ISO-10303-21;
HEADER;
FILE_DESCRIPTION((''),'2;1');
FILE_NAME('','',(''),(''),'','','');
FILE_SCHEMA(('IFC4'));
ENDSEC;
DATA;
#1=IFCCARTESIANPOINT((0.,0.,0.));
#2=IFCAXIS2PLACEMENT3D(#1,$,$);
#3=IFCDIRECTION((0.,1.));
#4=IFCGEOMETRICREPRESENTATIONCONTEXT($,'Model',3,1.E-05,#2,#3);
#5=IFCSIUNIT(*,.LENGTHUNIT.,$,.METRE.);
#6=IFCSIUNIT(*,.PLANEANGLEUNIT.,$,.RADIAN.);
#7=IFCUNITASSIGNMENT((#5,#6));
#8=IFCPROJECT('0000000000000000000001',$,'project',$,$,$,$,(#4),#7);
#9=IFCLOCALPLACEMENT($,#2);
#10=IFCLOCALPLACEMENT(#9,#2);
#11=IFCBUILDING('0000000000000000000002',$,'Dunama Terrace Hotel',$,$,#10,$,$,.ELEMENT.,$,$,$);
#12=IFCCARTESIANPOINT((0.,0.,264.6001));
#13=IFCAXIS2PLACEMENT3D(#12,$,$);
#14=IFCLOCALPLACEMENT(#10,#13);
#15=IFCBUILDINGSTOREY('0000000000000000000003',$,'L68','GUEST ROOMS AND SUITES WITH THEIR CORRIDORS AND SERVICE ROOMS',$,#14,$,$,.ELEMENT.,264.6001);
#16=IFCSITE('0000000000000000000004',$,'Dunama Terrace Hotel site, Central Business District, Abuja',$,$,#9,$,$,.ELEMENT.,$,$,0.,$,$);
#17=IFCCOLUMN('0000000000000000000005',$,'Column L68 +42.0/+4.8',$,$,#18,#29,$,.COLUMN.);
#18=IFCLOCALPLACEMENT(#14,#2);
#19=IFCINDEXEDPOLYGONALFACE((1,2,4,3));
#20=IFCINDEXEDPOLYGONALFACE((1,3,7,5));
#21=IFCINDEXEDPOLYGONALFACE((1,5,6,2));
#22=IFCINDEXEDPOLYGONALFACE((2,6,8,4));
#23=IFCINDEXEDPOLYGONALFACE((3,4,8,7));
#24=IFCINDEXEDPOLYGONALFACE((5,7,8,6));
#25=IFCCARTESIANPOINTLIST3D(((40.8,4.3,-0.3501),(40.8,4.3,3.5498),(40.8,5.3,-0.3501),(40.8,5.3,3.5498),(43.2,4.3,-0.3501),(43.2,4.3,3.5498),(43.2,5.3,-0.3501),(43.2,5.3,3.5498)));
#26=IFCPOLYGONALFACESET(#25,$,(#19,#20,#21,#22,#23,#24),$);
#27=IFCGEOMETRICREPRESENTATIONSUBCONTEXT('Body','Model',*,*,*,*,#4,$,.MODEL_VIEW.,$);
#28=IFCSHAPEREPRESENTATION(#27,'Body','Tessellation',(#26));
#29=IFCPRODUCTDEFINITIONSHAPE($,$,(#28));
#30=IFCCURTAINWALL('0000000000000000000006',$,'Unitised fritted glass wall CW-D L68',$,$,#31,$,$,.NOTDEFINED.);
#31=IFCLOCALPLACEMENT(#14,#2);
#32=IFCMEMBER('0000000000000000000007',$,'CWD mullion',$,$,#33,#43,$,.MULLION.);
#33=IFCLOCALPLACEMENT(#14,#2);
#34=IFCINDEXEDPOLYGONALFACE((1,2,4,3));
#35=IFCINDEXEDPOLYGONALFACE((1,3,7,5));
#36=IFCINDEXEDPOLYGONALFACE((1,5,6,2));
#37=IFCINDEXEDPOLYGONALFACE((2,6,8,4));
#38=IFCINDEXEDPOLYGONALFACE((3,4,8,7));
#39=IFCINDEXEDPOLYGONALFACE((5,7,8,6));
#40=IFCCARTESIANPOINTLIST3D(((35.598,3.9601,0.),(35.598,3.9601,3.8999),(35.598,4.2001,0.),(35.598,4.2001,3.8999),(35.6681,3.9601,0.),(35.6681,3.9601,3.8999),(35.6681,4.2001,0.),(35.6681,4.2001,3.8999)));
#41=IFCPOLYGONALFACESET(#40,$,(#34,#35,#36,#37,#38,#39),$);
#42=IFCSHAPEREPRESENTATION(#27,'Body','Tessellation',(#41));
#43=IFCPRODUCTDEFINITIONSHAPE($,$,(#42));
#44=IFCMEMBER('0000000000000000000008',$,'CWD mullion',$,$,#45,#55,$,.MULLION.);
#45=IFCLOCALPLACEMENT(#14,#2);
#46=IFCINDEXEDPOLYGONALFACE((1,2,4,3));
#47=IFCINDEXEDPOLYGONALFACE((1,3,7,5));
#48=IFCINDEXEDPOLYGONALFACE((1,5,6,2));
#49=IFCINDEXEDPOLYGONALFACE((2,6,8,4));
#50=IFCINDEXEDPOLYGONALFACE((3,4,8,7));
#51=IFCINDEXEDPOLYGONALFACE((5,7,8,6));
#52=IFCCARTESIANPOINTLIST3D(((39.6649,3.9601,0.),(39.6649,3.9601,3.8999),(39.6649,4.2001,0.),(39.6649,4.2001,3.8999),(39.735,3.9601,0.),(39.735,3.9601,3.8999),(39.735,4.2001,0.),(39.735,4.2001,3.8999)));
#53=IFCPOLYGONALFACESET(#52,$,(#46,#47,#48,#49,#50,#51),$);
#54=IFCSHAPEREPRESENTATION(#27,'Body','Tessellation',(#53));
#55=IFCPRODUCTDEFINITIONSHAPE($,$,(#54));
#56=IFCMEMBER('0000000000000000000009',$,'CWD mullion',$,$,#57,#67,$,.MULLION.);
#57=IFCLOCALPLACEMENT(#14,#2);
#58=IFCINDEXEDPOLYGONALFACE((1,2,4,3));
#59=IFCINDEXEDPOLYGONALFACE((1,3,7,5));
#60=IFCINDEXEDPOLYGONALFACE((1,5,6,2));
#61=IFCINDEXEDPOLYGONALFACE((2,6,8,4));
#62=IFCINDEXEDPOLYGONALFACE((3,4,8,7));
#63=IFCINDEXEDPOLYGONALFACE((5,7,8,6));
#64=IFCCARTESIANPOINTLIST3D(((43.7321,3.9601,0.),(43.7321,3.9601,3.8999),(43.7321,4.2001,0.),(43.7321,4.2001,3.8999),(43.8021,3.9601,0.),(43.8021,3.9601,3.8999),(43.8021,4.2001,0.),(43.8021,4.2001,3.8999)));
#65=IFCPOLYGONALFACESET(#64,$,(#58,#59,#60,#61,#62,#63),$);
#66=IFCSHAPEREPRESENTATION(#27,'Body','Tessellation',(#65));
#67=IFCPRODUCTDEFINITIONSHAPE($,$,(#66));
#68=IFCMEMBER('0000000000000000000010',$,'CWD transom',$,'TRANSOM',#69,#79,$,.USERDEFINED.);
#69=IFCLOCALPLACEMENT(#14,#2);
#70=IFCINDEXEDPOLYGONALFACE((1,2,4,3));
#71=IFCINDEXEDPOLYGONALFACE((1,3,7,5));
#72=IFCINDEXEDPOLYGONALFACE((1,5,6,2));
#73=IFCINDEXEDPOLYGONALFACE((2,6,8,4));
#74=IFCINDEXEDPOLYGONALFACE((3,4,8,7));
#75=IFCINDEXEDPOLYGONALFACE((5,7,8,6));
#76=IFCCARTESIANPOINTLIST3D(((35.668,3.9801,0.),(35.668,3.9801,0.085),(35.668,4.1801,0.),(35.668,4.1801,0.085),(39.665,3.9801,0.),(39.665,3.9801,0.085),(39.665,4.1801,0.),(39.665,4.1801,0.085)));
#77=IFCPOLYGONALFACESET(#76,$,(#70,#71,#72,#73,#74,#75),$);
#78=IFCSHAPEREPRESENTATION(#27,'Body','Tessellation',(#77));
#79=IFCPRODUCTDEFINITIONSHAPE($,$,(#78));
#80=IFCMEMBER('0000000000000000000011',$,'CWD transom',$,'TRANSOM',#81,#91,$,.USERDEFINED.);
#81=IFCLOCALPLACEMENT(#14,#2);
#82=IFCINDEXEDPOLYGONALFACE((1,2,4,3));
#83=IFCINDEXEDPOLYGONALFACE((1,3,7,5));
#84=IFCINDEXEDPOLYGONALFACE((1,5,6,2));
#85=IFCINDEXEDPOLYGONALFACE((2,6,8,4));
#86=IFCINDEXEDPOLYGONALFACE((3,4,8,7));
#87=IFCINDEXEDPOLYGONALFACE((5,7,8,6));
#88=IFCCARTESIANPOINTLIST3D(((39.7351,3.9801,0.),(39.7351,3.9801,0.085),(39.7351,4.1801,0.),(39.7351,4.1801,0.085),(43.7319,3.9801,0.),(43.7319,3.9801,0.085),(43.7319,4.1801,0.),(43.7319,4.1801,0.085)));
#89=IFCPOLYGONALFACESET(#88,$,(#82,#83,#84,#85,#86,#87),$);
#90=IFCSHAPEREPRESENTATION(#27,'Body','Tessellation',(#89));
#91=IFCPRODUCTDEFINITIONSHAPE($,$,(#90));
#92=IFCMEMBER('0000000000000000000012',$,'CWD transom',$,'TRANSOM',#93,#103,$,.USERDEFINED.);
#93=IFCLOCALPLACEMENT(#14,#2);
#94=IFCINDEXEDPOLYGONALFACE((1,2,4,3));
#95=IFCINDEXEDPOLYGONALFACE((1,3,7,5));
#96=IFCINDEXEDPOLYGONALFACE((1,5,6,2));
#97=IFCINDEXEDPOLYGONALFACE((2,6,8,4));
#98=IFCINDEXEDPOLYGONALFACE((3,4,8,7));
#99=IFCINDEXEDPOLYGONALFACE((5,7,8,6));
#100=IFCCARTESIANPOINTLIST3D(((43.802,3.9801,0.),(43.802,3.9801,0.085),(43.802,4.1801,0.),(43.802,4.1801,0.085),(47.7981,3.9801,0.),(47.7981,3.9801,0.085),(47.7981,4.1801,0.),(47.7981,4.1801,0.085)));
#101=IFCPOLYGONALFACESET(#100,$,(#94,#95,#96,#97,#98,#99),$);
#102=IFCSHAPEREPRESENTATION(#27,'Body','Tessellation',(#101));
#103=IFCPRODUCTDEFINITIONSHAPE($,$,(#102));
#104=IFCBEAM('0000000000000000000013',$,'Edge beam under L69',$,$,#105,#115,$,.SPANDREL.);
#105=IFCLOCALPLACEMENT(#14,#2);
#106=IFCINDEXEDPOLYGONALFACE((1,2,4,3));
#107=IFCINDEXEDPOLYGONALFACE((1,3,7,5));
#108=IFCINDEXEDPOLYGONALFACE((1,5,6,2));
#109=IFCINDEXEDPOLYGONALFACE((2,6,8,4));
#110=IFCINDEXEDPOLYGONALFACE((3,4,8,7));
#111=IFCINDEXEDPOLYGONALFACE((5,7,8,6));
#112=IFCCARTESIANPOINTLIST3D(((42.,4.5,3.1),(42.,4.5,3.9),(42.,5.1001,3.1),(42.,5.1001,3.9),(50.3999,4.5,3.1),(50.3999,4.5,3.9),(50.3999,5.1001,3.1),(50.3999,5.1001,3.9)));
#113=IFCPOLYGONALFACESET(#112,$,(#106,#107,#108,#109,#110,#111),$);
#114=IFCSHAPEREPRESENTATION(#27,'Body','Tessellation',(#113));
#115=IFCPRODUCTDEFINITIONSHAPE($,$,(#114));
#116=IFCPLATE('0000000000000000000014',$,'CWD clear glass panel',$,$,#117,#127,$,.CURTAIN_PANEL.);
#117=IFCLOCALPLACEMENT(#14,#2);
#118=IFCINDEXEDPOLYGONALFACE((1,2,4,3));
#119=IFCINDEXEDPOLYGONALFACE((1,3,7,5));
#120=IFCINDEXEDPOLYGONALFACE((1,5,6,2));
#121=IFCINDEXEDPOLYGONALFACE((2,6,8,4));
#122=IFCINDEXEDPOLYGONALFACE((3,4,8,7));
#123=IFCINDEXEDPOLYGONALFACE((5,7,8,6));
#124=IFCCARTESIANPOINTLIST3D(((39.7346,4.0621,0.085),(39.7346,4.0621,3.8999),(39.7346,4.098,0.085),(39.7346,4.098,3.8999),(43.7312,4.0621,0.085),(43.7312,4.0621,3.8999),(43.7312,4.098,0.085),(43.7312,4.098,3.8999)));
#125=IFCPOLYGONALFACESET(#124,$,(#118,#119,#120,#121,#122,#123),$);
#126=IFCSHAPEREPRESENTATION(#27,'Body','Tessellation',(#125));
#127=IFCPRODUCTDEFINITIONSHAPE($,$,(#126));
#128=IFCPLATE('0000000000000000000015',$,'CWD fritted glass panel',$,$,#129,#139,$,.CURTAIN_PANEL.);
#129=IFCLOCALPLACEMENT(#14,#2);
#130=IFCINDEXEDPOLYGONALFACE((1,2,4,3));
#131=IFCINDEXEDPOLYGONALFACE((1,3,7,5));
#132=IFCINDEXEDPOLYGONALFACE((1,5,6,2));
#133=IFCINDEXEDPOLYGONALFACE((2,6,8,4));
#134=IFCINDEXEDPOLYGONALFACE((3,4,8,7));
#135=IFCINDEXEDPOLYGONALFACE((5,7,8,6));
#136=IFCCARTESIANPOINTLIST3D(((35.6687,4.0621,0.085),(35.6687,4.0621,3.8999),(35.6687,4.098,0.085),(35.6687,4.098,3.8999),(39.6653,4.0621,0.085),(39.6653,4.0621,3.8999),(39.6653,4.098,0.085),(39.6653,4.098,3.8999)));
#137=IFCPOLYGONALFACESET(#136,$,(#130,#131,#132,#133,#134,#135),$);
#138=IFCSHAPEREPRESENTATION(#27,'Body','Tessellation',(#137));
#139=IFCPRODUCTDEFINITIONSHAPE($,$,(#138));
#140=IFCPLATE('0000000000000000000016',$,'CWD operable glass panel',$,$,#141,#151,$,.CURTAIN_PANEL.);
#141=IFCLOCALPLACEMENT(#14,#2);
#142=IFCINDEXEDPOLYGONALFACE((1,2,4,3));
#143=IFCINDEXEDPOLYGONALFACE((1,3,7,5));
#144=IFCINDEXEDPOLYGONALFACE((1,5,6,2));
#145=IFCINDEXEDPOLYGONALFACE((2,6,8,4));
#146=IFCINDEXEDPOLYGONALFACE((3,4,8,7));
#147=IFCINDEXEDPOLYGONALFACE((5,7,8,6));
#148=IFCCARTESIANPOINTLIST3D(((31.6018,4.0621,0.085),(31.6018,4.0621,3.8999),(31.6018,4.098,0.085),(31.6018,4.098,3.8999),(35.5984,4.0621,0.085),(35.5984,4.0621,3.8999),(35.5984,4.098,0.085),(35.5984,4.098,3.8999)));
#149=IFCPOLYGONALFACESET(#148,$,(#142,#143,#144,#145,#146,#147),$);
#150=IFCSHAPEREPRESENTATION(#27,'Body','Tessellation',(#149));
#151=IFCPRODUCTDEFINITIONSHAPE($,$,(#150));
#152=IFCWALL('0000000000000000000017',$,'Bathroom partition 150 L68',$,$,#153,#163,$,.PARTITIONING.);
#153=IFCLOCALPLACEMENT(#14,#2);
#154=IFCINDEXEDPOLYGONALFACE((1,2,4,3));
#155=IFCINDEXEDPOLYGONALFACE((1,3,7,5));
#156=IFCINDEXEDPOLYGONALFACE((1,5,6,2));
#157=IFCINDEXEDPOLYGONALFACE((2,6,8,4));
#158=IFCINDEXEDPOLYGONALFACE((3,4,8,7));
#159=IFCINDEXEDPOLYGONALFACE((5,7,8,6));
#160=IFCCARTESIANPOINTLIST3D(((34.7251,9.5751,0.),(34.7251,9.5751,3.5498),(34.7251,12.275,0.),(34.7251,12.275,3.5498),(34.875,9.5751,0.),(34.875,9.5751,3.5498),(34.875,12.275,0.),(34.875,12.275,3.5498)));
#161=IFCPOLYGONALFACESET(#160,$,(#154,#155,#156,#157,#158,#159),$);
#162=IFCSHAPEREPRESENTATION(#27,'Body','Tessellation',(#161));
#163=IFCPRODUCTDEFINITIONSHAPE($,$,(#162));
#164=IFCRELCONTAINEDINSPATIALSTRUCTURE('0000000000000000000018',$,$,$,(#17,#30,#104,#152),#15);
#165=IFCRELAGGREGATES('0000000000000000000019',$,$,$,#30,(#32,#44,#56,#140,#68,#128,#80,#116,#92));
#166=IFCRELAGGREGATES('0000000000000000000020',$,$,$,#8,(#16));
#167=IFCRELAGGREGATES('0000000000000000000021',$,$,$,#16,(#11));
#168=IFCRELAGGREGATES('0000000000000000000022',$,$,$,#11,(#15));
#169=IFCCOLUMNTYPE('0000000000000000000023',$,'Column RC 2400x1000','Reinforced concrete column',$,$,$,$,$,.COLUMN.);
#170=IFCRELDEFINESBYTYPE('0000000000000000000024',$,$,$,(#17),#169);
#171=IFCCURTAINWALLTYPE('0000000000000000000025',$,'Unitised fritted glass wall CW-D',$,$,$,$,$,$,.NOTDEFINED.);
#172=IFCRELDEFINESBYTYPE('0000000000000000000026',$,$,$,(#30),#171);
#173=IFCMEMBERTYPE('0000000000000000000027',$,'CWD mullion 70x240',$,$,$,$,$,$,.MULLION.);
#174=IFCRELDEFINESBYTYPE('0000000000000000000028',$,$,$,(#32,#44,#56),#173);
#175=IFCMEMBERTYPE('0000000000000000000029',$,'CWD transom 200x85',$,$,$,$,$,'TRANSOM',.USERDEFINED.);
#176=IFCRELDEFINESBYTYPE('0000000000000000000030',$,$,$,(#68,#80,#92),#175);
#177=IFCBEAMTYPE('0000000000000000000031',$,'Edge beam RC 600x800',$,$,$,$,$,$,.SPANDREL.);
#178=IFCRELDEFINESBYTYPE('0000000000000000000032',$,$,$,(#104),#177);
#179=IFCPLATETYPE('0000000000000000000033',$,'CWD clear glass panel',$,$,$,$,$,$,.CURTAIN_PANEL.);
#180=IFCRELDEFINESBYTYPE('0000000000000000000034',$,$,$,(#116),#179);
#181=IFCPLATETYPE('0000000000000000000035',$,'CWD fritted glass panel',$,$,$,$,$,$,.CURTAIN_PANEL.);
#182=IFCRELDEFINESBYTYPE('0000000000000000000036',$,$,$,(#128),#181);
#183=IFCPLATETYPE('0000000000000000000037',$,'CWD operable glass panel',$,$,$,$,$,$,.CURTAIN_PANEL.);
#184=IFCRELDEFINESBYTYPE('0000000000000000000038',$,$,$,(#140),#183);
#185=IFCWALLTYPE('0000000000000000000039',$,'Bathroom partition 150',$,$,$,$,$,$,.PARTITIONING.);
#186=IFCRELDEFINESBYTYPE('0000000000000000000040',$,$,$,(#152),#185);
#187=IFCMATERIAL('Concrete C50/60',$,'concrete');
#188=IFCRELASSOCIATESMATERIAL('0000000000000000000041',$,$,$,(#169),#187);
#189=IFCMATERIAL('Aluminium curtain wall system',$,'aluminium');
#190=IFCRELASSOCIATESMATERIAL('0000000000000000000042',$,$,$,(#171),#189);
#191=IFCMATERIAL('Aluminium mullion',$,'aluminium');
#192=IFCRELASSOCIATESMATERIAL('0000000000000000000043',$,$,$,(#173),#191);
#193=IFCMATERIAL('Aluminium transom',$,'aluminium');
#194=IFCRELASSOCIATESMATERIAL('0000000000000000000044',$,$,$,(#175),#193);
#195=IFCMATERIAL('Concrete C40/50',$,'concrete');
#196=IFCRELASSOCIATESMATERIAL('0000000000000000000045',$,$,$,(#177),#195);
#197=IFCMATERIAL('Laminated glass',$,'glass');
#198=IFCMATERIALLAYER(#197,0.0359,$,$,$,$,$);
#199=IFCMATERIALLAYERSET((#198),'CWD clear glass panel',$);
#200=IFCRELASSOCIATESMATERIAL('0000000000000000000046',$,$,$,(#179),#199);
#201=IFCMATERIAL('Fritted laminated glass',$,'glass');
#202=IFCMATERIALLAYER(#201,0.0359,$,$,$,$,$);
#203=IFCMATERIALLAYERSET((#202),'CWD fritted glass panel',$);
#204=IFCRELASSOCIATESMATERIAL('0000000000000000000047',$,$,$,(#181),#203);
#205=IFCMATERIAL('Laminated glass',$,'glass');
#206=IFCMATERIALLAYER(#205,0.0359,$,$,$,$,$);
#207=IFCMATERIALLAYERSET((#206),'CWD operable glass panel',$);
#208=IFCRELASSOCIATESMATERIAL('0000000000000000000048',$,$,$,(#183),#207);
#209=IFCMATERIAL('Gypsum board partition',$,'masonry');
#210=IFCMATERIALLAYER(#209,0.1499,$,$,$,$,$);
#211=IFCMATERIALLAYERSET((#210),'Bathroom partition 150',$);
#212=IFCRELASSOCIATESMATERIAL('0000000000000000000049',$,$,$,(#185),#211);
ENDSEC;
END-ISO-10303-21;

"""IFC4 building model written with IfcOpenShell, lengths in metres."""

from ifc_helpers import new_model, si_unit, direction, frame, frame_2d, origin, origin_2d, place, context, subcontext, project, spatial, rectangle, extrude, material, layer, layer_set, material_profile, profile_set, type_object, element, aggregate, save


model = new_model("IFC4")

# Units and contexts
model_context = context("Model", 3, precision=1e-05, world=origin(), true_north=direction((0.0, 1.0)))
body_context = subcontext(model_context, "Body", "Model", "MODEL_VIEW")
ifc_project = project(units=[si_unit("LENGTHUNIT", "METRE"), si_unit("PLANEANGLEUNIT", "RADIAN")], contexts=[model_context])

# Site, building, storey
site_placement = place(None, origin())
site = spatial("IfcSite", under=ifc_project, at=site_placement, Name="Dunama Terrace Hotel site, Central Business District, Abuja", CompositionType="ELEMENT", RefElevation=0.0)
building_placement = place(site_placement, origin())
building = spatial("IfcBuilding", under=site, at=building_placement, Name="Dunama Terrace Hotel", CompositionType="ELEMENT")
storey_placement = place(building_placement, frame((0.0, 0.0, 264.6001)))
storey = spatial("IfcBuildingStorey", under=building, at=storey_placement, Name="L68", Description="GUEST ROOMS AND SUITES WITH THEIR CORRIDORS AND SERVICE ROOMS", CompositionType="ELEMENT", Elevation=264.6001)

# Column
ifc_material_1 = material(Name="Concrete C50/60", Category="concrete")
ifc_material_profile_1 = material_profile(ifc_material_1, rectangle(XDim=2.3999, YDim=1.0, at=origin_2d()), Name="RC 2400x1000")
ifc_profile_set_1 = profile_set([ifc_material_profile_1], Name="Concrete C50/60")
column_type = type_object("IfcColumnType", Name="Column RC 2400x1000", Description="Reinforced concrete column", PredefinedType="COLUMN", material=ifc_profile_set_1)
column_placement = place(storey_placement, frame((42.0, 4.8, -0.3501), z_axis=(0.0, 0.0, 1.0), x_axis=(1.0, 0.0, 0.0)))
element("IfcColumn", 1, at=column_placement, inside=storey, type_object=column_type, Name="Column L68 +42.0/+4.8", PredefinedType="COLUMN", context=body_context, shape_type="SweptSolid", body=[
    extrude(rectangle(XDim=2.3999, YDim=1.0, at=origin_2d()), origin(), (0.0, 0.0, 1.0), 3.8999),
])

# Curtain wall, members
ifc_material_2 = material(Name="Aluminium curtain wall system", Category="aluminium")
curtain_wall_type = type_object("IfcCurtainWallType", Name="Unitised fritted glass wall CW-D", PredefinedType="NOTDEFINED", material=ifc_material_2)
curtain_wall_placement = place(storey_placement, origin())
curtain_wall = element("IfcCurtainWall", 2, at=curtain_wall_placement, inside=storey, type_object=curtain_wall_type, Name="Unitised fritted glass wall CW-D L68", PredefinedType="NOTDEFINED")
ifc_material_3 = material(Name="Aluminium mullion", Category="aluminium")
ifc_material_profile_2 = material_profile(ifc_material_3, rectangle(XDim=0.0701, YDim=0.24, at=origin_2d()), Name="CWD MULLION 70X240")
ifc_profile_set_2 = profile_set([ifc_material_profile_2], Name="Aluminium mullion")
member_type_1 = type_object("IfcMemberType", Name="CWD mullion 70x240", PredefinedType="MULLION", material=ifc_profile_set_2)
member_1_placement = place(storey_placement, frame((35.6331, 4.0801, 0.0), z_axis=(0.0, 0.0, 1.0), x_axis=(1.0, 0.0, 0.0)))
member_1 = element("IfcMember", 3, at=member_1_placement, type_object=member_type_1, Name="CWD mullion", PredefinedType="MULLION", context=body_context, shape_type="SweptSolid", body=[
    extrude(rectangle(XDim=0.0701, YDim=0.24, at=origin_2d()), origin(), (0.0, 0.0, 1.0), 3.8999),
])
member_2_placement = place(storey_placement, frame((39.7, 4.0801, 0.0), z_axis=(0.0, 0.0, 1.0), x_axis=(1.0, 0.0, 0.0)))
member_2 = element("IfcMember", 4, at=member_2_placement, type_object=member_type_1, Name="CWD mullion", PredefinedType="MULLION", context=body_context, shape_type="SweptSolid", body=[
    extrude(rectangle(XDim=0.0701, YDim=0.24, at=origin_2d()), origin(), (0.0, 0.0, 1.0), 3.8999),
])
member_3_placement = place(storey_placement, frame((43.7671, 4.0801, 0.0), z_axis=(0.0, 0.0, 1.0), x_axis=(1.0, 0.0, 0.0)))
member_3 = element("IfcMember", 5, at=member_3_placement, type_object=member_type_1, Name="CWD mullion", PredefinedType="MULLION", context=body_context, shape_type="SweptSolid", body=[
    extrude(rectangle(XDim=0.0701, YDim=0.24, at=origin_2d()), origin(), (0.0, 0.0, 1.0), 3.8999),
])
ifc_material_4 = material(Name="Aluminium transom", Category="aluminium")
ifc_material_profile_3 = material_profile(ifc_material_4, rectangle(XDim=0.2, YDim=0.085, at=origin_2d()), Name="CWD TRANSOM 200X85")
ifc_profile_set_3 = profile_set([ifc_material_profile_3], Name="Aluminium transom")
member_type_2 = type_object("IfcMemberType", Name="CWD transom 200x85", ElementType="TRANSOM", PredefinedType="USERDEFINED", material=ifc_profile_set_3)
member_4_placement = place(storey_placement, frame((35.668, 4.0801, 0.0425), z_axis=(1.0, 0.0, 0.0), x_axis=(0.0, 1.0, 0.0)))
member_4 = element("IfcMember", 6, at=member_4_placement, type_object=member_type_2, Name="CWD transom", ObjectType="TRANSOM", PredefinedType="USERDEFINED", context=body_context, shape_type="SweptSolid", body=[
    extrude(rectangle(XDim=0.2, YDim=0.085, at=origin_2d()), origin(), (0.0, 0.0, 1.0), 3.9971),
])
member_5_placement = place(storey_placement, frame((39.7351, 4.0801, 0.0425), z_axis=(1.0, 0.0, 0.0), x_axis=(0.0, 1.0, 0.0)))
member_5 = element("IfcMember", 7, at=member_5_placement, type_object=member_type_2, Name="CWD transom", ObjectType="TRANSOM", PredefinedType="USERDEFINED", context=body_context, shape_type="SweptSolid", body=[
    extrude(rectangle(XDim=0.2, YDim=0.085, at=origin_2d()), origin(), (0.0, 0.0, 1.0), 3.9968),
])
member_6_placement = place(storey_placement, frame((43.802, 4.0801, 0.0425), z_axis=(1.0, 0.0, 0.0), x_axis=(0.0, 1.0, 0.0)))
member_6 = element("IfcMember", 8, at=member_6_placement, type_object=member_type_2, Name="CWD transom", ObjectType="TRANSOM", PredefinedType="USERDEFINED", context=body_context, shape_type="SweptSolid", body=[
    extrude(rectangle(XDim=0.2, YDim=0.085, at=origin_2d()), origin(), (0.0, 0.0, 1.0), 3.9961),
])

# Beam
ifc_material_5 = material(Name="Concrete C40/50", Category="concrete")
ifc_material_profile_4 = material_profile(ifc_material_5, rectangle(XDim=0.6001, YDim=0.8, at=origin_2d()), Name="RC 600x800")
ifc_profile_set_4 = profile_set([ifc_material_profile_4], Name="Concrete C40/50")
beam_type = type_object("IfcBeamType", Name="Edge beam RC 600x800", PredefinedType="SPANDREL", material=ifc_profile_set_4)
beam_placement = place(storey_placement, frame((42.0, 4.8, 3.5), z_axis=(1.0, 0.0, 0.0), x_axis=(0.0, 1.0, 0.0)))
element("IfcBeam", 9, at=beam_placement, inside=storey, type_object=beam_type, Name="Edge beam under L69", PredefinedType="SPANDREL", context=body_context, shape_type="SweptSolid", body=[
    extrude(rectangle(XDim=0.6001, YDim=0.8, at=origin_2d()), origin(), (0.0, 0.0, 1.0), 8.3999),
])

# Plates
ifc_material_6 = material(Name="Laminated glass", Category="glass")
ifc_layer_1 = layer(ifc_material_6, 0.0359)
ifc_layer_set_1 = layer_set([ifc_layer_1], Name="CWD clear glass panel")
plate_type_1 = type_object("IfcPlateType", Name="CWD clear glass panel", PredefinedType="CURTAIN_PANEL", material=ifc_layer_set_1)
plate_1_placement = place(storey_placement, frame((41.7329, 4.0801, 0.085), z_axis=(0.0, 0.0, 1.0), x_axis=(1.0, 0.0, 0.0)))
plate_1 = element("IfcPlate", 10, at=plate_1_placement, type_object=plate_type_1, Name="CWD clear glass panel", PredefinedType="CURTAIN_PANEL", context=body_context, shape_type="SweptSolid", body=[
    extrude(rectangle(XDim=3.9966, YDim=0.0359, at=origin_2d()), origin(), (0.0, 0.0, 1.0), 3.8149),
])
ifc_material_7 = material(Name="Fritted laminated glass", Category="glass")
ifc_layer_2 = layer(ifc_material_7, 0.0359)
ifc_layer_set_2 = layer_set([ifc_layer_2], Name="CWD fritted glass panel")
plate_type_2 = type_object("IfcPlateType", Name="CWD fritted glass panel", PredefinedType="CURTAIN_PANEL", material=ifc_layer_set_2)
plate_2_placement = place(storey_placement, frame((37.667, 4.0801, 0.085), z_axis=(0.0, 0.0, 1.0), x_axis=(1.0, 0.0, 0.0)))
plate_2 = element("IfcPlate", 11, at=plate_2_placement, type_object=plate_type_2, Name="CWD fritted glass panel", PredefinedType="CURTAIN_PANEL", context=body_context, shape_type="SweptSolid", body=[
    extrude(rectangle(XDim=3.9966, YDim=0.0359, at=origin_2d()), origin(), (0.0, 0.0, 1.0), 3.8149),
])
ifc_material_8 = material(Name="Laminated glass", Category="glass")
ifc_layer_3 = layer(ifc_material_8, 0.0359)
ifc_layer_set_3 = layer_set([ifc_layer_3], Name="CWD operable glass panel")
plate_type_3 = type_object("IfcPlateType", Name="CWD operable glass panel", PredefinedType="CURTAIN_PANEL", material=ifc_layer_set_3)
plate_3_placement = place(storey_placement, frame((33.6001, 4.0801, 0.085), z_axis=(0.0, 0.0, 1.0), x_axis=(1.0, 0.0, 0.0)))
plate_3 = element("IfcPlate", 12, at=plate_3_placement, type_object=plate_type_3, Name="CWD operable glass panel", PredefinedType="CURTAIN_PANEL", context=body_context, shape_type="SweptSolid", body=[
    extrude(rectangle(XDim=3.9966, YDim=0.0359, at=origin_2d()), origin(), (0.0, 0.0, 1.0), 3.8149),
])
aggregate(curtain_wall, [member_1, member_2, member_3, plate_3, member_4, plate_2, member_5, plate_1, member_6])

# Wall
ifc_material_9 = material(Name="Gypsum board partition", Category="masonry")
ifc_layer_4 = layer(ifc_material_9, 0.1499)
ifc_layer_set_4 = layer_set([ifc_layer_4], Name="Bathroom partition 150")
wall_type_1 = type_object("IfcWallType", Name="Bathroom partition 150", PredefinedType="PARTITIONING", material=ifc_layer_set_4)
wall_1_placement = place(storey_placement, frame((34.8, 9.575, 0.0), z_axis=(0.0, 0.0, 1.0), x_axis=(0.0, 1.0, 0.0)))
element("IfcWall", 13, at=wall_1_placement, inside=storey, type_object=wall_type_1, Name="Bathroom partition 150 L68", PredefinedType="PARTITIONING", context=body_context, shape_type="SweptSolid", body=[
    extrude(rectangle(XDim=2.7, YDim=0.1499, at=frame_2d((1.3501, 0.0))), origin(), (0.0, 0.0, 1.0), 3.5498),
])

save(model, "model.ifc")
